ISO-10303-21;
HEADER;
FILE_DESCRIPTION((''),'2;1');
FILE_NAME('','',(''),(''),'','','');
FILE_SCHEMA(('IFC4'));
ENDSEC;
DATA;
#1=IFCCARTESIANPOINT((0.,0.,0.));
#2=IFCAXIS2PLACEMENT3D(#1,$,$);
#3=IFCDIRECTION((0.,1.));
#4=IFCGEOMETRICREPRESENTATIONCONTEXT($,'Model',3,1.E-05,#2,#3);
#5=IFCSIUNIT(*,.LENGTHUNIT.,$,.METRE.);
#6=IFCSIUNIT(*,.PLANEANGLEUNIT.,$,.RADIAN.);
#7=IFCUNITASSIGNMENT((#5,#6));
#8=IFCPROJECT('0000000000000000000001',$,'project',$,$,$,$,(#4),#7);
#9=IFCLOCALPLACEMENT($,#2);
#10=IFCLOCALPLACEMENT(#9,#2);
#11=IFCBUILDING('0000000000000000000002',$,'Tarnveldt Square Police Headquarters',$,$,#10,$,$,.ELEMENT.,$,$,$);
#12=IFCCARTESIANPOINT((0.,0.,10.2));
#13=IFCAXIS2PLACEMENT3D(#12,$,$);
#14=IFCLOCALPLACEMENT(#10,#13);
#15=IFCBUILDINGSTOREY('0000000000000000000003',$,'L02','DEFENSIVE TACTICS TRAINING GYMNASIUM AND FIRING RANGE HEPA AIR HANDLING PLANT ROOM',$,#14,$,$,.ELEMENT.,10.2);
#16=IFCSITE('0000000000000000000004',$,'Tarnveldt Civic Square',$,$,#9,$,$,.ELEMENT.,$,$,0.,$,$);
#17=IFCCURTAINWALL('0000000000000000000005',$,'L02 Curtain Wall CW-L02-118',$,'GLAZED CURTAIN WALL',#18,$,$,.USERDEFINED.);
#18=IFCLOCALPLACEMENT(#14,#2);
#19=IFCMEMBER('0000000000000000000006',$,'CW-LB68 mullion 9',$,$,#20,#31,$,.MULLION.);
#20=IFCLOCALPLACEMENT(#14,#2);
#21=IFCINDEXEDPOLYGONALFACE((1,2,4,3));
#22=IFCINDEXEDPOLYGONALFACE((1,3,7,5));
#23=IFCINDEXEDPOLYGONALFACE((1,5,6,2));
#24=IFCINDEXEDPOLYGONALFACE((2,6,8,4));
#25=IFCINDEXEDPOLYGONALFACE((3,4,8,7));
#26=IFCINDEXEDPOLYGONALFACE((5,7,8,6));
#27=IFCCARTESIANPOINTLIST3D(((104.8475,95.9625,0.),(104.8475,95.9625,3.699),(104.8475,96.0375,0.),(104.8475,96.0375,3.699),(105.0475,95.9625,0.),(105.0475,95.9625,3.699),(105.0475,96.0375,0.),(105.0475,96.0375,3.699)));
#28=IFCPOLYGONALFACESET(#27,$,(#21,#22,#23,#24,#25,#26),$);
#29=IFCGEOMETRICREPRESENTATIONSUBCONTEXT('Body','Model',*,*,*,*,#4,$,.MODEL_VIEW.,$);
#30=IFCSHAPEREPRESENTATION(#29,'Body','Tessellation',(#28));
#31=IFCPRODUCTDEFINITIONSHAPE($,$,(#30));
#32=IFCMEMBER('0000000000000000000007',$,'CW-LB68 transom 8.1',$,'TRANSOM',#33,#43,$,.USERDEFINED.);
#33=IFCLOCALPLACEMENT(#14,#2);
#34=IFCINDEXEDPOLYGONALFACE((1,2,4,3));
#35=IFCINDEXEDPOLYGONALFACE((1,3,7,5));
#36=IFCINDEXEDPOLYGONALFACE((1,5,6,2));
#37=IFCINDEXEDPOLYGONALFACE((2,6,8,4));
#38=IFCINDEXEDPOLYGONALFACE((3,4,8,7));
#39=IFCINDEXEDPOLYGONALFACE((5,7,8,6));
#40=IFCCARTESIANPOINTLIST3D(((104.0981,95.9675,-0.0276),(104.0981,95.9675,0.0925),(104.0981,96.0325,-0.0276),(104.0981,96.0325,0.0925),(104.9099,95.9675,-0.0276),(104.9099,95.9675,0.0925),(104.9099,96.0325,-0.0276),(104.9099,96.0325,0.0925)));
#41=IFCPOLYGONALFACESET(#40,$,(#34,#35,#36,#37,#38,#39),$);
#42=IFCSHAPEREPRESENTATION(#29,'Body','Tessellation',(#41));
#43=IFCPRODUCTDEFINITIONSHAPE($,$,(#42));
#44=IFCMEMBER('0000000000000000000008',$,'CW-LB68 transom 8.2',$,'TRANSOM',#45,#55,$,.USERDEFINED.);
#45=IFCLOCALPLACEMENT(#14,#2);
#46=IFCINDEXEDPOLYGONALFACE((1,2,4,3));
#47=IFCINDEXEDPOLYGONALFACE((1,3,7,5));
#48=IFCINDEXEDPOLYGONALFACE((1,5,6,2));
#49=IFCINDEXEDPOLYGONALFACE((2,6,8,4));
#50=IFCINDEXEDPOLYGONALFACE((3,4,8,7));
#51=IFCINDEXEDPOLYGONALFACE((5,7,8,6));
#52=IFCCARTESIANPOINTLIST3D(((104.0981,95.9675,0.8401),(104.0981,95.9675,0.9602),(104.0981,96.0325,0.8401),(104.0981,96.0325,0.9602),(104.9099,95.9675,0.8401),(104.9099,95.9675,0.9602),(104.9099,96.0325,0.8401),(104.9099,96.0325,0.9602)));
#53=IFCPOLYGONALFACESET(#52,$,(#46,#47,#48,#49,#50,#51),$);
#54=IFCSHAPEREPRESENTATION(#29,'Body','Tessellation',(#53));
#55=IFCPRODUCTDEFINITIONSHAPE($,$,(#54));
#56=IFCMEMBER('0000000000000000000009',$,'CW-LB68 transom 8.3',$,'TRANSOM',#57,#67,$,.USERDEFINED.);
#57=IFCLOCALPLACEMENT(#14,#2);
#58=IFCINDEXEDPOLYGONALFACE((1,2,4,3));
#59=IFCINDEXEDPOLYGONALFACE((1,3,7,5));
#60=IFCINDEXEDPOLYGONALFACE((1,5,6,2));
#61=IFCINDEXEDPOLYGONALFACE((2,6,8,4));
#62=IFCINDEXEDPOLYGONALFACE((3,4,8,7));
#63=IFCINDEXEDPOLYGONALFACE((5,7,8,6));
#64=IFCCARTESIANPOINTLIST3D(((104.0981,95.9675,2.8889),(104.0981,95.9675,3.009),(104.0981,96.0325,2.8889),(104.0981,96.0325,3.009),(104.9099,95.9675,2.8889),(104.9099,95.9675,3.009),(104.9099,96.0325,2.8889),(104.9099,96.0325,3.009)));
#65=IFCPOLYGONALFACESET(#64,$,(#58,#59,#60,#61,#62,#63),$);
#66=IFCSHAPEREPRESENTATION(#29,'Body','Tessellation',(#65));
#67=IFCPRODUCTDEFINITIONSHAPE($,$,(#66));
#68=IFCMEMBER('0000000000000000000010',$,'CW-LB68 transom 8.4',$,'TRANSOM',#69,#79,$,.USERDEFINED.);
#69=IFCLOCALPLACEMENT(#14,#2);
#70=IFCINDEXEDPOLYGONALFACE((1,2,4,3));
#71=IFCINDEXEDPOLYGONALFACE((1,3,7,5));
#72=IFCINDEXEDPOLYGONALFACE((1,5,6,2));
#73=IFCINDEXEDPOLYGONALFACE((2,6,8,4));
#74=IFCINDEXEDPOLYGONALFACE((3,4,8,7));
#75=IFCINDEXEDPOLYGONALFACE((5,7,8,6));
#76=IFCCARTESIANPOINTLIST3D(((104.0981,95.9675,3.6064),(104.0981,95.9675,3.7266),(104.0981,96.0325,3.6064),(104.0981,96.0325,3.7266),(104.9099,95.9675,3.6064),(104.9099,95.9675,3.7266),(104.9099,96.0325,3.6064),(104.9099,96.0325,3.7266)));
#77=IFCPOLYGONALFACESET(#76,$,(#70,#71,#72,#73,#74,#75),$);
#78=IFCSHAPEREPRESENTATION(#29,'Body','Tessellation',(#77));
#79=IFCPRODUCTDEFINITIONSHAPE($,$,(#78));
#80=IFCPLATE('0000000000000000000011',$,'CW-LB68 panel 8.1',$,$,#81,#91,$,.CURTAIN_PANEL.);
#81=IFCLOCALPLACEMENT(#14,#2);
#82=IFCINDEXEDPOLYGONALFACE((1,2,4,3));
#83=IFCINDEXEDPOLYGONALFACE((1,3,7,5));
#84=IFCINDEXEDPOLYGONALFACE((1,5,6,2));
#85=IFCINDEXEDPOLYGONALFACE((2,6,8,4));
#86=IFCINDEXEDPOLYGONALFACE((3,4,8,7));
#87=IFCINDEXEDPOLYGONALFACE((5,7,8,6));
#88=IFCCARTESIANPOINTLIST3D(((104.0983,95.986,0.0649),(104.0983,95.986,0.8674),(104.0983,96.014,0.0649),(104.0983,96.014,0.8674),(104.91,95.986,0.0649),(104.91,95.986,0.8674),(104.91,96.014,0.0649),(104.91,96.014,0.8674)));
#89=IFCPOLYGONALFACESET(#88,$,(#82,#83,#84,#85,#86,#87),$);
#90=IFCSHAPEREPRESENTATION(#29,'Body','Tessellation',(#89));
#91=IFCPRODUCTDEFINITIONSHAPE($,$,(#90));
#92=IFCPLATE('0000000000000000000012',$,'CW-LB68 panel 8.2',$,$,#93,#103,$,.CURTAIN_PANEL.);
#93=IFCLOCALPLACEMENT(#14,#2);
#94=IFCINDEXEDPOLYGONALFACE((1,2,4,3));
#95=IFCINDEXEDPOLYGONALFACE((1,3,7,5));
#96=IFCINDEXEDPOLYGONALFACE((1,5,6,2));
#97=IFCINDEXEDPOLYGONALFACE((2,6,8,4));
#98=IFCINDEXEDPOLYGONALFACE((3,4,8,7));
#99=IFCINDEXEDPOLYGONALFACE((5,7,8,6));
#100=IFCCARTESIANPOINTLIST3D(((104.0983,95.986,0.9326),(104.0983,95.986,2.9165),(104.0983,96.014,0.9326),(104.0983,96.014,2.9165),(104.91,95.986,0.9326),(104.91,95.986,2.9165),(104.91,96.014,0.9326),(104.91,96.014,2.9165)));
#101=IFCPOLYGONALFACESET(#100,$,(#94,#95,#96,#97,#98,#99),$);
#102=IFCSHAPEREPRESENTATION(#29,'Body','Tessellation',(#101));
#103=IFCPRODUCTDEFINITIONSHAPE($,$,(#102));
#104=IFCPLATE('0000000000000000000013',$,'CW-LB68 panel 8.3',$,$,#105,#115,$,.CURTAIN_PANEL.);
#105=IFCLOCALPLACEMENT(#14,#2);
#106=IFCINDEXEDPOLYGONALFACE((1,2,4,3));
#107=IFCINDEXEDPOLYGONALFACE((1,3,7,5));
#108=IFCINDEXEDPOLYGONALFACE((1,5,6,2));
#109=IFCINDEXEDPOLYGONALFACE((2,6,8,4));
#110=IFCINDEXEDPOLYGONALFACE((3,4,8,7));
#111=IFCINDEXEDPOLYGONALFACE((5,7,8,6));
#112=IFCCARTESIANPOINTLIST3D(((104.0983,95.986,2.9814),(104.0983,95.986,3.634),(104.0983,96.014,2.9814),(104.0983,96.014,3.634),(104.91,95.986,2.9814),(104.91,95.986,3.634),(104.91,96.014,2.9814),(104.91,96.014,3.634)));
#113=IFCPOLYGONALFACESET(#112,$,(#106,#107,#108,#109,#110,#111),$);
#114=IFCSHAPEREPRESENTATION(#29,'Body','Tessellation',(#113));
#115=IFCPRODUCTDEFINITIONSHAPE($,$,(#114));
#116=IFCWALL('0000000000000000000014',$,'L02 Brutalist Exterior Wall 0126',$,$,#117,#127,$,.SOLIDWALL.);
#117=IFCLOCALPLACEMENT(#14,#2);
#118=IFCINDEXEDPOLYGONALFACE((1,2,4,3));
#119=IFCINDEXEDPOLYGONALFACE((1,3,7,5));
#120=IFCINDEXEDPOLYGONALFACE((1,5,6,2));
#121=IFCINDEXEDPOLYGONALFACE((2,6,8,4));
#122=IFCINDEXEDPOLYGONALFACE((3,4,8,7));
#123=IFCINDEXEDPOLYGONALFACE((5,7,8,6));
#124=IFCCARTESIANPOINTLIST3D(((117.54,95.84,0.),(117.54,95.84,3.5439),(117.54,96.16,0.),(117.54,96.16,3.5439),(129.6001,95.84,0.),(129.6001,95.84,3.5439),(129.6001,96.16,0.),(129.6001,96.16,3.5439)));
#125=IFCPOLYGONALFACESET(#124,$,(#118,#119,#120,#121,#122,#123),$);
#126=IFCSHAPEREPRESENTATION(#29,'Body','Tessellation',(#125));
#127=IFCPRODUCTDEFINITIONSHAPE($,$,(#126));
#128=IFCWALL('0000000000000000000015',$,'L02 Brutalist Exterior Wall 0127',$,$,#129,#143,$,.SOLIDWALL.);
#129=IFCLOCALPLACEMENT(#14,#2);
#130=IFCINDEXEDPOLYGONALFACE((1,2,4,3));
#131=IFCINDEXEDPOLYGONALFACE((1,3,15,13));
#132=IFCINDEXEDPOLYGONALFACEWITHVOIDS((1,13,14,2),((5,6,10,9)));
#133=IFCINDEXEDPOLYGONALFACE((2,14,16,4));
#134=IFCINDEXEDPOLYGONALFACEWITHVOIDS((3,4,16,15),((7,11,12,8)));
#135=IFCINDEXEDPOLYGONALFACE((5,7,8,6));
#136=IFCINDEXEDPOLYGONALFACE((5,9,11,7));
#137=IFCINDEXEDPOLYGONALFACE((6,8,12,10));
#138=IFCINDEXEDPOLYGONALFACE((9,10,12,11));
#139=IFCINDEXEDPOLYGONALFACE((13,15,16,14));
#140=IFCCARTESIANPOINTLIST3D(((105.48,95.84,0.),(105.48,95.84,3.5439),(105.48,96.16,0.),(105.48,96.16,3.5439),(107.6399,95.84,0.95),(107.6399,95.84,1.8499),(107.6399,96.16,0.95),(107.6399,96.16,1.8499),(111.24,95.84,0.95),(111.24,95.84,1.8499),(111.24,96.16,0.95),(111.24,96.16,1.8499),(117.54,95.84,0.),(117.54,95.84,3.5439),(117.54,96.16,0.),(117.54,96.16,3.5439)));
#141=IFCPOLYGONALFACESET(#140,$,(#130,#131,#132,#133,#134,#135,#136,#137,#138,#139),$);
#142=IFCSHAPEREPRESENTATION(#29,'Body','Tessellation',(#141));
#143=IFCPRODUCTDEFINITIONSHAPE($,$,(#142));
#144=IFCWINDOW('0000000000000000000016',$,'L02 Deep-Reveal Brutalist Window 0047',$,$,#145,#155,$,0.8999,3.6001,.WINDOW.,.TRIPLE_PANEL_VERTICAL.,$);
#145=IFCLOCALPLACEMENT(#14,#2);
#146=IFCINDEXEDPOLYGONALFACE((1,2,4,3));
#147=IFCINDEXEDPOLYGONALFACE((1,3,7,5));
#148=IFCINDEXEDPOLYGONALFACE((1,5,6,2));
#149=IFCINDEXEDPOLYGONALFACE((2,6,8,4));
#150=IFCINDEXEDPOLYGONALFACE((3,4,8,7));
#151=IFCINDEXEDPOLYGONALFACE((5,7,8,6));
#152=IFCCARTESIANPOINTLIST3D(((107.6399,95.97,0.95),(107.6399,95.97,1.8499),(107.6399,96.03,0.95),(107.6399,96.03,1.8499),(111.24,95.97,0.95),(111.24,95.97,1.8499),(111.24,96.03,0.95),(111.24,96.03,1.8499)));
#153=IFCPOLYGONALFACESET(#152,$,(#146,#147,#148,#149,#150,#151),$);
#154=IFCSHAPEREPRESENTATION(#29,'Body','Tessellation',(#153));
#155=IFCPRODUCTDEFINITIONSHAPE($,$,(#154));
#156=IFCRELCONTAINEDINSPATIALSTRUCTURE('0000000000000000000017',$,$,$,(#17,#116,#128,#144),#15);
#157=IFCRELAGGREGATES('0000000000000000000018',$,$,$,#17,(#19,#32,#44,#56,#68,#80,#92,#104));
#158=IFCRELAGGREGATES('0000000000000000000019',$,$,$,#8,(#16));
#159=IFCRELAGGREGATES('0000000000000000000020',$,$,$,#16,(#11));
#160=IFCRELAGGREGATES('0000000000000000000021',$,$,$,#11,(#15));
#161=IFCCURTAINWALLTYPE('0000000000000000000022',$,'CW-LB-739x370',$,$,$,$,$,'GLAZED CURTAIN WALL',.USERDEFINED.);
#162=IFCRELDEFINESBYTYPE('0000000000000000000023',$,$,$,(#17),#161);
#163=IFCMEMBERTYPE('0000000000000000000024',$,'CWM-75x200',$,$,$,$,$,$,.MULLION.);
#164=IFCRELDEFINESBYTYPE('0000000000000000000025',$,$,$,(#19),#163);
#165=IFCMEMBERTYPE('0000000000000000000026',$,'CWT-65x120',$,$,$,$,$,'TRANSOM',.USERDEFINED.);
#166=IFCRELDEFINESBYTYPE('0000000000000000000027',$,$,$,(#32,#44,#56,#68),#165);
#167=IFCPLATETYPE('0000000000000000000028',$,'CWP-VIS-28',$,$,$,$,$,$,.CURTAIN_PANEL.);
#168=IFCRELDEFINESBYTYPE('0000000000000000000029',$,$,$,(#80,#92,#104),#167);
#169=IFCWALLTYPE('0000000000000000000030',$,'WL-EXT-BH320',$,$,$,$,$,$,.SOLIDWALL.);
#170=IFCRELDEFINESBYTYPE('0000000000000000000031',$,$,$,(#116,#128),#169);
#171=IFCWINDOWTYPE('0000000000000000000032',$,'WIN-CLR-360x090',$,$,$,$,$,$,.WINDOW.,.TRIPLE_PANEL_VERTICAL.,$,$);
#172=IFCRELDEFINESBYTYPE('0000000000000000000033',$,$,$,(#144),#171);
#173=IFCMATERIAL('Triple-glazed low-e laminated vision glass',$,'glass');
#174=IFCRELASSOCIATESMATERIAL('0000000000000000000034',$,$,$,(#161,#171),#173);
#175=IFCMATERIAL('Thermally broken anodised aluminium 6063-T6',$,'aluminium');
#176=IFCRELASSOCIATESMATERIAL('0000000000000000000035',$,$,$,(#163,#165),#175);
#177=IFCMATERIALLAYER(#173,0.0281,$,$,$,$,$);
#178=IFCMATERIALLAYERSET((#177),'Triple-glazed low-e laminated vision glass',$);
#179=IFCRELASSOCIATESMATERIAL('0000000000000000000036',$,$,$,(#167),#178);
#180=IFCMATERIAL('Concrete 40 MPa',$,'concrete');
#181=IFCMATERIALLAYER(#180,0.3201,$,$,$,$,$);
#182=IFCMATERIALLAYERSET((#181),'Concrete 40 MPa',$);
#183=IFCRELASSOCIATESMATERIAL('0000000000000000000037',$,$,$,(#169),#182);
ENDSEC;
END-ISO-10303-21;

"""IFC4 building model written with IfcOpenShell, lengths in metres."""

from ifc_helpers import new_model, si_unit, direction, frame, frame_2d, origin, origin_2d, place, context, subcontext, project, spatial, rectangle, extrude, material, layer, layer_set, material_profile, profile_set, type_object, element, fill, aggregate, save


model = new_model("IFC4")

# Units and contexts
model_context = context("Model", 3, precision=1e-05, world=origin(), true_north=direction((0.0, 1.0)))
body_context = subcontext(model_context, "Body", "Model", "MODEL_VIEW")
ifc_project = project(units=[si_unit("LENGTHUNIT", "METRE"), si_unit("PLANEANGLEUNIT", "RADIAN")], contexts=[model_context])

# Site, building, storey
site_placement = place(None, origin())
site = spatial("IfcSite", under=ifc_project, at=site_placement, Name="Tarnveldt Civic Square", CompositionType="ELEMENT", RefElevation=0.0)
building_placement = place(site_placement, origin())
building = spatial("IfcBuilding", under=site, at=building_placement, Name="Tarnveldt Square Police Headquarters", CompositionType="ELEMENT")
storey_placement = place(building_placement, frame((0.0, 0.0, 10.2)))
storey = spatial("IfcBuildingStorey", under=building, at=storey_placement, Name="L02", Description="DEFENSIVE TACTICS TRAINING GYMNASIUM AND FIRING RANGE HEPA AIR HANDLING PLANT ROOM", CompositionType="ELEMENT", Elevation=10.2)

# Shared definitions
ifc_material_1 = material(Name="Concrete 40 MPa", Category="concrete")

# Curtain wall, members, plates
ifc_material_2 = material(Name="Triple-glazed low-e laminated vision glass", Category="glass")
curtain_wall_type = type_object("IfcCurtainWallType", Name="CW-LB-739x370", ElementType="GLAZED CURTAIN WALL", PredefinedType="USERDEFINED", material=ifc_material_2)
curtain_wall_placement = place(storey_placement, origin())
curtain_wall = element("IfcCurtainWall", 1, at=curtain_wall_placement, inside=storey, type_object=curtain_wall_type, Name="L02 Curtain Wall CW-L02-118", ObjectType="GLAZED CURTAIN WALL", PredefinedType="USERDEFINED")
ifc_material_3 = material(Name="Thermally broken anodised aluminium 6063-T6", Category="aluminium")
ifc_material_profile_1 = material_profile(ifc_material_3, rectangle(XDim=0.075, YDim=0.2, at=origin_2d()), Name="CW-M75x200")
ifc_profile_set_1 = profile_set([ifc_material_profile_1], Name="Thermally broken anodised aluminium 6063-T6")
member_type_1 = type_object("IfcMemberType", Name="CWM-75x200", PredefinedType="MULLION", material=ifc_profile_set_1)
member_1_placement = place(storey_placement, frame((104.9475, 96.0, 0.0), z_axis=(0.0, 0.0, 1.0), x_axis=(0.0, 1.0, 0.0)))
member_1 = element("IfcMember", 2, at=member_1_placement, type_object=member_type_1, Name="CW-LB68 mullion 9", PredefinedType="MULLION", context=body_context, shape_type="SweptSolid", body=[
    extrude(rectangle(XDim=0.075, YDim=0.2, at=origin_2d()), origin(), (0.0, 0.0, 1.0), 3.699),
])
ifc_material_profile_2 = material_profile(ifc_material_3, rectangle(XDim=0.0649, YDim=0.1201, at=origin_2d()), Name="CW-T65x120")
ifc_profile_set_2 = profile_set([ifc_material_profile_2], Name="Thermally broken anodised aluminium 6063-T6")
member_type_2 = type_object("IfcMemberType", Name="CWT-65x120", ElementType="TRANSOM", PredefinedType="USERDEFINED", material=ifc_profile_set_2)
member_2_placement = place(storey_placement, frame((104.0981, 96.0, 0.0325), z_axis=(1.0, 0.0, 0.0), x_axis=(0.0, 1.0, 0.0)))
member_2 = element("IfcMember", 3, at=member_2_placement, type_object=member_type_2, Name="CW-LB68 transom 8.1", ObjectType="TRANSOM", PredefinedType="USERDEFINED", context=body_context, shape_type="SweptSolid", body=[
    extrude(rectangle(XDim=0.0649, YDim=0.1201, at=origin_2d()), origin(), (0.0, 0.0, 1.0), 0.8118),
])
member_3_placement = place(storey_placement, frame((104.0981, 96.0, 0.9001), z_axis=(1.0, 0.0, 0.0), x_axis=(0.0, 1.0, 0.0)))
member_3 = element("IfcMember", 4, at=member_3_placement, type_object=member_type_2, Name="CW-LB68 transom 8.2", ObjectType="TRANSOM", PredefinedType="USERDEFINED", context=body_context, shape_type="SweptSolid", body=[
    extrude(rectangle(XDim=0.0649, YDim=0.1201, at=origin_2d()), origin(), (0.0, 0.0, 1.0), 0.8118),
])
member_4_placement = place(storey_placement, frame((104.0981, 96.0, 2.949), z_axis=(1.0, 0.0, 0.0), x_axis=(0.0, 1.0, 0.0)))
member_4 = element("IfcMember", 5, at=member_4_placement, type_object=member_type_2, Name="CW-LB68 transom 8.3", ObjectType="TRANSOM", PredefinedType="USERDEFINED", context=body_context, shape_type="SweptSolid", body=[
    extrude(rectangle(XDim=0.0649, YDim=0.1201, at=origin_2d()), origin(), (0.0, 0.0, 1.0), 0.8118),
])
member_5_placement = place(storey_placement, frame((104.0981, 96.0, 3.6665), z_axis=(1.0, 0.0, 0.0), x_axis=(0.0, 1.0, 0.0)))
member_5 = element("IfcMember", 6, at=member_5_placement, type_object=member_type_2, Name="CW-LB68 transom 8.4", ObjectType="TRANSOM", PredefinedType="USERDEFINED", context=body_context, shape_type="SweptSolid", body=[
    extrude(rectangle(XDim=0.0649, YDim=0.1201, at=origin_2d()), origin(), (0.0, 0.0, 1.0), 0.8118),
])
ifc_layer_1 = layer(ifc_material_2, 0.0281)
ifc_layer_set_1 = layer_set([ifc_layer_1], Name="Triple-glazed low-e laminated vision glass")
plate_type = type_object("IfcPlateType", Name="CWP-VIS-28", PredefinedType="CURTAIN_PANEL", material=ifc_layer_set_1)
plate_1_placement = place(storey_placement, frame((104.5042, 96.0, 0.0649), z_axis=(0.0, 0.0, 1.0), x_axis=(1.0, 0.0, 0.0)))
plate_1 = element("IfcPlate", 7, at=plate_1_placement, type_object=plate_type, Name="CW-LB68 panel 8.1", PredefinedType="CURTAIN_PANEL", context=body_context, shape_type="SweptSolid", body=[
    extrude(rectangle(XDim=0.8118, YDim=0.0281, at=origin_2d()), origin(), (0.0, 0.0, 1.0), 0.8025),
])
plate_2_placement = place(storey_placement, frame((104.5042, 96.0, 0.9326), z_axis=(0.0, 0.0, 1.0), x_axis=(1.0, 0.0, 0.0)))
plate_2 = element("IfcPlate", 8, at=plate_2_placement, type_object=plate_type, Name="CW-LB68 panel 8.2", PredefinedType="CURTAIN_PANEL", context=body_context, shape_type="SweptSolid", body=[
    extrude(rectangle(XDim=0.8118, YDim=0.0281, at=origin_2d()), origin(), (0.0, 0.0, 1.0), 1.9839),
])
plate_3_placement = place(storey_placement, frame((104.5042, 96.0, 2.9814), z_axis=(0.0, 0.0, 1.0), x_axis=(1.0, 0.0, 0.0)))
plate_3 = element("IfcPlate", 9, at=plate_3_placement, type_object=plate_type, Name="CW-LB68 panel 8.3", PredefinedType="CURTAIN_PANEL", context=body_context, shape_type="SweptSolid", body=[
    extrude(rectangle(XDim=0.8118, YDim=0.0281, at=origin_2d()), origin(), (0.0, 0.0, 1.0), 0.6526),
])
aggregate(curtain_wall, [member_1, member_2, member_3, member_4, member_5, plate_1, plate_2, plate_3])

# Wall
ifc_layer_2 = layer(ifc_material_1, 0.3201)
ifc_layer_set_2 = layer_set([ifc_layer_2], Name="Concrete 40 MPa")
wall_type = type_object("IfcWallType", Name="WL-EXT-BH320", PredefinedType="SOLIDWALL", material=ifc_layer_set_2)
wall_1_placement = place(storey_placement, frame((129.6001, 96.0, 0.0), z_axis=(0.0, 0.0, 1.0), x_axis=(-1.0, 0.0, 0.0)))
element("IfcWall", 10, at=wall_1_placement, inside=storey, type_object=wall_type, Name="L02 Brutalist Exterior Wall 0126", PredefinedType="SOLIDWALL", context=body_context, shape_type="SweptSolid", body=[
    extrude(rectangle(XDim=12.0601, YDim=0.3201, at=frame_2d((6.03, 0.0))), origin(), (0.0, 0.0, 1.0), 3.5439),
])

# Wall, opening, window
wall_2_placement = place(storey_placement, frame((117.54, 96.0, 0.0), z_axis=(0.0, 0.0, 1.0), x_axis=(-1.0, 0.0, 0.0)))
wall_2 = element("IfcWall", 11, at=wall_2_placement, inside=storey, type_object=wall_type, Name="L02 Brutalist Exterior Wall 0127", PredefinedType="SOLIDWALL", context=body_context, shape_type="SweptSolid", body=[
    extrude(rectangle(XDim=12.0601, YDim=0.3201, at=frame_2d((6.03, 0.0))), origin(), (0.0, 0.0, 1.0), 3.5439),
])
opening_1_placement = place(wall_2_placement, frame((6.3, 0.0, 0.95)))
opening_1 = element("IfcOpeningElement", 12, at=opening_1_placement, cuts=wall_2, PredefinedType="OPENING", context=body_context, shape_type="SweptSolid", body=[
    extrude(rectangle(XDim=3.6001, YDim=0.8999, at=frame_2d((1.8, 0.45))), frame((0.0, 0.1699, 0.0), z_axis=(0.0, -1.0, 0.0), x_axis=(1.0, 0.0, 0.0)), (0.0, 0.0, 1.0), 0.3401),
])
window_type_1 = type_object("IfcWindowType", Name="WIN-CLR-360x090", PartitioningType="TRIPLE_PANEL_VERTICAL", PredefinedType="WINDOW", material=ifc_material_2)
window_1_placement = place(opening_1_placement, origin())
window_1 = element("IfcWindow", 13, at=window_1_placement, inside=storey, type_object=window_type_1, Name="L02 Deep-Reveal Brutalist Window 0047", OverallHeight=0.8999, OverallWidth=3.6001, PartitioningType="TRIPLE_PANEL_VERTICAL", PredefinedType="WINDOW", context=body_context, shape_type="SweptSolid", body=[
    extrude(rectangle(XDim=3.6001, YDim=0.8999, at=frame_2d((1.8, 0.45))), frame((0.0, 0.03, 0.0), z_axis=(0.0, -1.0, 0.0), x_axis=(1.0, 0.0, 0.0)), (0.0, 0.0, 1.0), 0.0601),
])
fill(opening_1, window_1)

save(model, "model.ifc")
